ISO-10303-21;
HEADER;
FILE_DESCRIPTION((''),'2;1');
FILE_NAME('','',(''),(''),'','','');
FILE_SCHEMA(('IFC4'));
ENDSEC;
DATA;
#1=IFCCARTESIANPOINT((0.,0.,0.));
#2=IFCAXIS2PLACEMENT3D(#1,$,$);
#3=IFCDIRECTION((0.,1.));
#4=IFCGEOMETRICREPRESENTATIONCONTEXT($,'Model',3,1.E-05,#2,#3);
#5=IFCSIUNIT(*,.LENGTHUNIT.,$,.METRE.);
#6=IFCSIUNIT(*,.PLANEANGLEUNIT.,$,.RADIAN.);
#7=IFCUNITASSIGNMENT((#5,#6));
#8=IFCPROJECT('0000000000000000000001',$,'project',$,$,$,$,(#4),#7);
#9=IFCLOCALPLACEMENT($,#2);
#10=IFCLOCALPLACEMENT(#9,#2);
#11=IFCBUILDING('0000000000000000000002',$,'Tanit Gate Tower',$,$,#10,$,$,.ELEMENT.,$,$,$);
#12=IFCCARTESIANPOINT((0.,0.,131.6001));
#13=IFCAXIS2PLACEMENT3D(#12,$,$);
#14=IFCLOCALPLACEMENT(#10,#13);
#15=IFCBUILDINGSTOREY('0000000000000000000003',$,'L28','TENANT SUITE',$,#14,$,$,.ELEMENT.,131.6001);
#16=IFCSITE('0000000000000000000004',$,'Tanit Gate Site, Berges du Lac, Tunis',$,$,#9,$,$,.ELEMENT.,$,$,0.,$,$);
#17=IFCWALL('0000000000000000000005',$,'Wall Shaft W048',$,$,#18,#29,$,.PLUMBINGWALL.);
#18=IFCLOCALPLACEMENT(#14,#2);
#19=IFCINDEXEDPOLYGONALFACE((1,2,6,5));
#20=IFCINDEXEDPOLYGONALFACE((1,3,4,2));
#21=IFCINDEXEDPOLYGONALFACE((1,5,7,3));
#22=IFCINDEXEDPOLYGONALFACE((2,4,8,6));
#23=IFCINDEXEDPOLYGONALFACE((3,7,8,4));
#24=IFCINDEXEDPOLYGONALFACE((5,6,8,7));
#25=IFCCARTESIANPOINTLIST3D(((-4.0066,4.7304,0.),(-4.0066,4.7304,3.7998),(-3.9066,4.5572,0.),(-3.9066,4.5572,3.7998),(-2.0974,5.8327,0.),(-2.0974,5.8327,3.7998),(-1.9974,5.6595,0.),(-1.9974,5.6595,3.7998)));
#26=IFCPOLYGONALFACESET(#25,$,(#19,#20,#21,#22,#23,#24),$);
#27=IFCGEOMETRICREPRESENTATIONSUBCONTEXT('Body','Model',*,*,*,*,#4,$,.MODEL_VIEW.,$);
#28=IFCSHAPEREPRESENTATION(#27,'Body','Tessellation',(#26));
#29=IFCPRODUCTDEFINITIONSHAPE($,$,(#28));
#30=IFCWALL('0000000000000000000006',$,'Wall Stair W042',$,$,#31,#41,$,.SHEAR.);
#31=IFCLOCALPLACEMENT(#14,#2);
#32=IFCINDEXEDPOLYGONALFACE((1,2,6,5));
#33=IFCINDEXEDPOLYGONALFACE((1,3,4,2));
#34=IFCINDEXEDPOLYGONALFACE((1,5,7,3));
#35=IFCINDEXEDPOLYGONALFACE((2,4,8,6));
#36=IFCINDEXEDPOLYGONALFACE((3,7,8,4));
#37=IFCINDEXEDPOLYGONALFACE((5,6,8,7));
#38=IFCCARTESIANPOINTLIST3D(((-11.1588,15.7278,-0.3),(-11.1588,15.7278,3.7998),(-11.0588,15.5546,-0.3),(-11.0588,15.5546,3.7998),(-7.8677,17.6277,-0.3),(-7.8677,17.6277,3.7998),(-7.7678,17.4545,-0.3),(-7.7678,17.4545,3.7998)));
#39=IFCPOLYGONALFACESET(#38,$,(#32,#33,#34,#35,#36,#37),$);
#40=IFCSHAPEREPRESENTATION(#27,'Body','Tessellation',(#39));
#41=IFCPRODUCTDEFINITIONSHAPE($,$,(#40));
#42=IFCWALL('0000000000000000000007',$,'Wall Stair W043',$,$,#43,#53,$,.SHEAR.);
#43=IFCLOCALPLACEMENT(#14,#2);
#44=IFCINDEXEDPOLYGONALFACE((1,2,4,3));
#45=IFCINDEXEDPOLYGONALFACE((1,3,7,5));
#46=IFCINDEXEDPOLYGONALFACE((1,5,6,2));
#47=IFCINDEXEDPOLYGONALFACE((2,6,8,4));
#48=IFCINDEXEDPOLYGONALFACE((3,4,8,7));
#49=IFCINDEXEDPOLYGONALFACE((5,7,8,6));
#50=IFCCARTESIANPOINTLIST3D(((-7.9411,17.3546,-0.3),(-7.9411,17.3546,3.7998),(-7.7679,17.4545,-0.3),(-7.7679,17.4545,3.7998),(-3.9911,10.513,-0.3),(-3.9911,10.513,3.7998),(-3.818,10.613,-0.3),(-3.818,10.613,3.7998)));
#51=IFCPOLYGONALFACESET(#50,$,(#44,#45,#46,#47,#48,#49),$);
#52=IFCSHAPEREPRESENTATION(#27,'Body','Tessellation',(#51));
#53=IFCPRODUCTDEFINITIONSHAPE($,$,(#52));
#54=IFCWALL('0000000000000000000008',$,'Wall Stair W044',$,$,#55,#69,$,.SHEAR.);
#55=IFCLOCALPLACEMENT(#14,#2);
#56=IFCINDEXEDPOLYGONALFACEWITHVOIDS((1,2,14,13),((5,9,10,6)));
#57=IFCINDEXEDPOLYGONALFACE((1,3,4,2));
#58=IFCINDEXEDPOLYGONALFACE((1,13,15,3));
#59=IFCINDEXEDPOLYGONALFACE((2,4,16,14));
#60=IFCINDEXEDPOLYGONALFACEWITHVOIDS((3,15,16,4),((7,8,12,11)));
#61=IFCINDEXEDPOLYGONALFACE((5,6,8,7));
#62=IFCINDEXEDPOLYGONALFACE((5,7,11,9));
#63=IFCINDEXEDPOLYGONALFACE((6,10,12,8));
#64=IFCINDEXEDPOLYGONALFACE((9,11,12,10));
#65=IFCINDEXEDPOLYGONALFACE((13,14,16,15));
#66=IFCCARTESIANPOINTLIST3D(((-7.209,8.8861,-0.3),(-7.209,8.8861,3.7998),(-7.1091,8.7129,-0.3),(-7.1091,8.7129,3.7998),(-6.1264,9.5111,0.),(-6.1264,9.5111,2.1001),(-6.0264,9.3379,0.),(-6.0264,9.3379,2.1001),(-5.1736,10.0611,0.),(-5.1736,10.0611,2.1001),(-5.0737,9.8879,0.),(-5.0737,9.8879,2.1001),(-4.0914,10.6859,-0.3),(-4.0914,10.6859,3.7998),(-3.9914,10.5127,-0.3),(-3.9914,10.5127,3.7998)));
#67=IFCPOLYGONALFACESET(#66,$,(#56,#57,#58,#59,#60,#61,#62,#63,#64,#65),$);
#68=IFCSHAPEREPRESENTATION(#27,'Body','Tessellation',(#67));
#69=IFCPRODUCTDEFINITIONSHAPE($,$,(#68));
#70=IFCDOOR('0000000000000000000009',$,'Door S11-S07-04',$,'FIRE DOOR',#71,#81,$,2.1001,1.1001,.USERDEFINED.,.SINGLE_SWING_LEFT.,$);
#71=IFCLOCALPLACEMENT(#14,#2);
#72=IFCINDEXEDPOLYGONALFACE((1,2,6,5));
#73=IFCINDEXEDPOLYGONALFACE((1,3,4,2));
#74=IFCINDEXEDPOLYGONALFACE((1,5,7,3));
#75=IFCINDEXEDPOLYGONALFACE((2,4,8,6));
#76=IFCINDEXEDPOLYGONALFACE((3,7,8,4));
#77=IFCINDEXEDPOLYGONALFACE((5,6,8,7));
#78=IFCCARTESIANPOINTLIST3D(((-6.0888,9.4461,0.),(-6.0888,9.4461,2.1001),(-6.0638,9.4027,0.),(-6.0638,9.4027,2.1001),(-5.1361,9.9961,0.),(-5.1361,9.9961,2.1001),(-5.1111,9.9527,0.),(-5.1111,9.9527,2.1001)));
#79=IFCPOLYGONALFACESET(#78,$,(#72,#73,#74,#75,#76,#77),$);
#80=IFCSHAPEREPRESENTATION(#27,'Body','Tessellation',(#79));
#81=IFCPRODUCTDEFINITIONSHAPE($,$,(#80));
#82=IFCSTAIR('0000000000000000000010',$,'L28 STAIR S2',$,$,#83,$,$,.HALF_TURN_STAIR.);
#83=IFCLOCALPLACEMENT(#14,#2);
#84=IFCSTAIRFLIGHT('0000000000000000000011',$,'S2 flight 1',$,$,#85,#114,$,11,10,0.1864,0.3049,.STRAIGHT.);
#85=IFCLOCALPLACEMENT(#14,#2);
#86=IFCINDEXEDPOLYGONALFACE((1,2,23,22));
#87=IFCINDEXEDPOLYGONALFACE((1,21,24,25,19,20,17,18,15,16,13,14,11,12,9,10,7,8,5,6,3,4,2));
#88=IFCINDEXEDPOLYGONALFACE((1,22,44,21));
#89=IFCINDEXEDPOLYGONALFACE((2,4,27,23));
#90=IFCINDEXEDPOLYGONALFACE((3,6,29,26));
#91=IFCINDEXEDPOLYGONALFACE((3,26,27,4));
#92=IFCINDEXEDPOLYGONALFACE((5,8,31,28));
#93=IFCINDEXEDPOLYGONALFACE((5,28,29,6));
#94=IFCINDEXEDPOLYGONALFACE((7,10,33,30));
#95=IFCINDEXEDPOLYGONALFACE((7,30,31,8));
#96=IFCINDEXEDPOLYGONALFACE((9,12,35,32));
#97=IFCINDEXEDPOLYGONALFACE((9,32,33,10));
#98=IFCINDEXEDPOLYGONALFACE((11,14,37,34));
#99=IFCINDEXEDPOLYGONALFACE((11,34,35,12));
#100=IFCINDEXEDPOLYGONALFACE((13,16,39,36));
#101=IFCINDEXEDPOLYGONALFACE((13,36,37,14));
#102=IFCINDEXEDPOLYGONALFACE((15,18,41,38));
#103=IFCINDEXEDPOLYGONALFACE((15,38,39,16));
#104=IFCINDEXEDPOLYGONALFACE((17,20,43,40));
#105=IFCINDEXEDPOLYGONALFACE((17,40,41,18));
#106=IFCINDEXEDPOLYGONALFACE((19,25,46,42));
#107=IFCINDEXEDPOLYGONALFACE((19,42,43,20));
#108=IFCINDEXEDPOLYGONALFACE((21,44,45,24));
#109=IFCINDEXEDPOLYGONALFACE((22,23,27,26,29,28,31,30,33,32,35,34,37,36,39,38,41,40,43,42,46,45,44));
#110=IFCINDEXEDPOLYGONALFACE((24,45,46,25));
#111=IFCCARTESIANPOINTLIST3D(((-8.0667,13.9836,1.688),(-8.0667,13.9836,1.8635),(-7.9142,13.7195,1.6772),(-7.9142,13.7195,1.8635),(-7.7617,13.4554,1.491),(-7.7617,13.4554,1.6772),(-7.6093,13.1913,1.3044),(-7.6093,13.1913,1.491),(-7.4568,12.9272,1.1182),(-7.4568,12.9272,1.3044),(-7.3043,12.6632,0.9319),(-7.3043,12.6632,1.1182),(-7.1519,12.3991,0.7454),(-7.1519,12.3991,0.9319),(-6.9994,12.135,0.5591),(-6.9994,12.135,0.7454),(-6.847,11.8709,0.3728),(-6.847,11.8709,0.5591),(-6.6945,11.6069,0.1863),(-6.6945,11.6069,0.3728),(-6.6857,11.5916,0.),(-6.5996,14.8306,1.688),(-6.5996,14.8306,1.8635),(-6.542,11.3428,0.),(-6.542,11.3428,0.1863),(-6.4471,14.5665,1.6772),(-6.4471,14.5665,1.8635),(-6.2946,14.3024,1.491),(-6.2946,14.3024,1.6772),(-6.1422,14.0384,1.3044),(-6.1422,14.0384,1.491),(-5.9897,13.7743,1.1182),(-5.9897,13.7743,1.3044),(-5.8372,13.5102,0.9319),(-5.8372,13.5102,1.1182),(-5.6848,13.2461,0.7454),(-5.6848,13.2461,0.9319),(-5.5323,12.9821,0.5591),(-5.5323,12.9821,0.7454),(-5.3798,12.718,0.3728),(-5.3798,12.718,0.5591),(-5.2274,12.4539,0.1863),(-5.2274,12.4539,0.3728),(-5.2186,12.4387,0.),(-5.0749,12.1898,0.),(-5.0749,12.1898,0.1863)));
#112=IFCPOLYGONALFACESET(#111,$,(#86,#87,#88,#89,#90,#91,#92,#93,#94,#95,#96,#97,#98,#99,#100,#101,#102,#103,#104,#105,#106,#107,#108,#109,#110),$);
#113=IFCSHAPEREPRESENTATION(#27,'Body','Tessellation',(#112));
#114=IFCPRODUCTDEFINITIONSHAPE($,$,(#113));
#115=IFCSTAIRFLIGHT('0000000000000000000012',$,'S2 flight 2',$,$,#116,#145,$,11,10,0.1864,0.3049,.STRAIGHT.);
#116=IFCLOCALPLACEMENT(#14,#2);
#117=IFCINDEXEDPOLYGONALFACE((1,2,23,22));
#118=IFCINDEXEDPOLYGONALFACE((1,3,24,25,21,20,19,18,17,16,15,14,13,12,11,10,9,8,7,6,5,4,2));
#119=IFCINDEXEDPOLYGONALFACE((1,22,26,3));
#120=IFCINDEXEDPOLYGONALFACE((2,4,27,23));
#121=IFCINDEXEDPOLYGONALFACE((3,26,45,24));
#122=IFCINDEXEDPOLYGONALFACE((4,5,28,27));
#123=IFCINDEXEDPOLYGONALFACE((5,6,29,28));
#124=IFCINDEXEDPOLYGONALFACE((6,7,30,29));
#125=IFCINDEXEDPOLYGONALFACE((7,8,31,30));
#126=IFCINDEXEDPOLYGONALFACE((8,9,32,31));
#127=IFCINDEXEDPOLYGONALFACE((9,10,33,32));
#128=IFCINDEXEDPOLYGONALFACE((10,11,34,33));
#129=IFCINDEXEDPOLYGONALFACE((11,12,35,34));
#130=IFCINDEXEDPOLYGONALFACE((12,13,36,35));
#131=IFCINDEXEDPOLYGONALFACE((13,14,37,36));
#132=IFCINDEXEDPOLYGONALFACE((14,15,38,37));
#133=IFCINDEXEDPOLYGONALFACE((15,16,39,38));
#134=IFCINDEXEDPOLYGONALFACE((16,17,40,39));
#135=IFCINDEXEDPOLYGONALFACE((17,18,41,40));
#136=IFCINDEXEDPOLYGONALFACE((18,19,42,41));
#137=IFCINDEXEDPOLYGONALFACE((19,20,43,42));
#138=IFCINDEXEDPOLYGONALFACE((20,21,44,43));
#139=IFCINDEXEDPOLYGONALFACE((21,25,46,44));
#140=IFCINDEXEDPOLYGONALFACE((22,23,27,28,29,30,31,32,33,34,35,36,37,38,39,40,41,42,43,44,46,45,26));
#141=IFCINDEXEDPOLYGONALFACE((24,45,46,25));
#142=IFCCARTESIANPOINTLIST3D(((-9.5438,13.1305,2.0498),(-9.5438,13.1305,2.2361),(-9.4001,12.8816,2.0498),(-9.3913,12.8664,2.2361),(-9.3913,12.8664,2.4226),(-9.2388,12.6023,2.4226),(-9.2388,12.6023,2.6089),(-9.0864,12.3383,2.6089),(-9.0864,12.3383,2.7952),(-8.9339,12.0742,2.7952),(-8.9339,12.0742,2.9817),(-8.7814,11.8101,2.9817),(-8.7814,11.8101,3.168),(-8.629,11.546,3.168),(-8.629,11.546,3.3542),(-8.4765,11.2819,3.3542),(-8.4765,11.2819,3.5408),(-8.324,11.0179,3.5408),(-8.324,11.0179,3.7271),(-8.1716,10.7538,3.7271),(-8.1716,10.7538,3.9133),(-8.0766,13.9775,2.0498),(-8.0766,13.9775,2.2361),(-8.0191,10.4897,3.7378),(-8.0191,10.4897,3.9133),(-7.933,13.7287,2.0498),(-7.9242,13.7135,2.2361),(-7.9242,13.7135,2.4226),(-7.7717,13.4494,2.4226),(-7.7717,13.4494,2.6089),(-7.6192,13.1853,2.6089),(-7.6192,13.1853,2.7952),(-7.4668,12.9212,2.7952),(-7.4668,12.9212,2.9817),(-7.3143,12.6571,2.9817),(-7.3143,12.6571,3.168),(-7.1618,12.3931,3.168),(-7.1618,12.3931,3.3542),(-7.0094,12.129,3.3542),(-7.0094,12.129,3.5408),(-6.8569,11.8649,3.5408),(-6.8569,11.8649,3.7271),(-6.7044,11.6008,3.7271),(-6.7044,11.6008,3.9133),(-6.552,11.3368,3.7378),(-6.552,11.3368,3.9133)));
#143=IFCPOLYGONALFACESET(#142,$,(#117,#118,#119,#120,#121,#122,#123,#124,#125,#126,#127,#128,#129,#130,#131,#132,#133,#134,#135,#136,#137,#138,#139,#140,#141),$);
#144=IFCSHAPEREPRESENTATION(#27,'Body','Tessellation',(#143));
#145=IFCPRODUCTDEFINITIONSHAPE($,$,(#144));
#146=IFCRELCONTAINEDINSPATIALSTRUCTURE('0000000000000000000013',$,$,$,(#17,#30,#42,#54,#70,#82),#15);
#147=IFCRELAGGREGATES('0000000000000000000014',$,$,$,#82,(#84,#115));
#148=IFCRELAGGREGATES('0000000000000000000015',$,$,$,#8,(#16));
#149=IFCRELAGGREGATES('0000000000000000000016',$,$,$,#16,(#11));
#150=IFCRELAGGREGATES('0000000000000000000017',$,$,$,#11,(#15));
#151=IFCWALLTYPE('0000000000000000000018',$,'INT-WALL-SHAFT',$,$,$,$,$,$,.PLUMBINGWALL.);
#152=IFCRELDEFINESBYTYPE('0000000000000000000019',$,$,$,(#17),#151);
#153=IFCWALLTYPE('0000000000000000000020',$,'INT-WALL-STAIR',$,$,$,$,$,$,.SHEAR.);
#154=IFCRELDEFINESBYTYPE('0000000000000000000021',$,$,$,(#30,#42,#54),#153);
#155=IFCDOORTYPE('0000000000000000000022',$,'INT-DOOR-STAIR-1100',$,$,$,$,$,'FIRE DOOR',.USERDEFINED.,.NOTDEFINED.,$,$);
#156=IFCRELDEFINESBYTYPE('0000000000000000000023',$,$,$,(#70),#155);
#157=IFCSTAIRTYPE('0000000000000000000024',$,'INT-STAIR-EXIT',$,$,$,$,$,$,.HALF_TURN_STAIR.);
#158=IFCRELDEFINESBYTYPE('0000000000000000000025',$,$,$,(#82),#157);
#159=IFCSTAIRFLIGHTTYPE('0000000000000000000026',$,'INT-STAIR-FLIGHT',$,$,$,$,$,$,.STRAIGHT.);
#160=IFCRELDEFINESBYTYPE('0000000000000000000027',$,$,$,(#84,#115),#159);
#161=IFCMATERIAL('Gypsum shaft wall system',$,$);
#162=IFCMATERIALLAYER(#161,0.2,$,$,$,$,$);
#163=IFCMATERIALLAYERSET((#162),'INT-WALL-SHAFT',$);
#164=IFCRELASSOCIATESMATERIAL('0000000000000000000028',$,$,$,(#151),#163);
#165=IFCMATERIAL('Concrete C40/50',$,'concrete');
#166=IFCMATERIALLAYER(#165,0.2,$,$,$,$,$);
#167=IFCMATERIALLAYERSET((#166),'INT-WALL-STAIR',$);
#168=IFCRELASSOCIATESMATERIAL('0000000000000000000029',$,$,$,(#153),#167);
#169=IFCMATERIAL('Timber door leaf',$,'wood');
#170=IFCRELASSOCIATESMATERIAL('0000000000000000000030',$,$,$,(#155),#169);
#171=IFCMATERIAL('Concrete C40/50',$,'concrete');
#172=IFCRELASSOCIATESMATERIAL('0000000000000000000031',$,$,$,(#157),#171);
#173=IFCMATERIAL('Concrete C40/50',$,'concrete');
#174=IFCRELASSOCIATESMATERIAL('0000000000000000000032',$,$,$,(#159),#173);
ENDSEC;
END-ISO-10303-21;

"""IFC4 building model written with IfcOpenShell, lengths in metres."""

from ifc_helpers import new_model, si_unit, direction, frame, frame_2d, origin, place, context, subcontext, project, spatial, polyline, rectangle, outline, extrude, material, layer, layer_set, type_object, element, fill, aggregate, save


model = new_model("IFC4")

# Units and contexts
model_context = context("Model", 3, precision=1e-05, world=origin(), true_north=direction((0.0, 1.0)))
body_context = subcontext(model_context, "Body", "Model", "MODEL_VIEW")
ifc_project = project(units=[si_unit("LENGTHUNIT", "METRE"), si_unit("PLANEANGLEUNIT", "RADIAN")], contexts=[model_context])

# Site, building, storey
site_placement = place(None, origin())
site = spatial("IfcSite", under=ifc_project, at=site_placement, Name="Tanit Gate Site, Berges du Lac, Tunis", CompositionType="ELEMENT", RefElevation=0.0)
building_placement = place(site_placement, origin())
building = spatial("IfcBuilding", under=site, at=building_placement, Name="Tanit Gate Tower", CompositionType="ELEMENT")
storey_placement = place(building_placement, frame((0.0, 0.0, 131.6001)))
storey = spatial("IfcBuildingStorey", under=building, at=storey_placement, Name="L28", Description="TENANT SUITE", CompositionType="ELEMENT", Elevation=131.6001)

# Shared definitions
ifc_material_1 = material(Name="Gypsum shaft wall system")
ifc_layer_1 = layer(ifc_material_1, 0.2)
ifc_layer_set_1 = layer_set([ifc_layer_1], Name="INT-WALL-SHAFT")
wall_type_1 = type_object("IfcWallType", Name="INT-WALL-SHAFT", PredefinedType="PLUMBINGWALL", material=ifc_layer_set_1)

# Walls
wall_1_placement = place(storey_placement, frame((-2.0474, 5.7461, 0.0), z_axis=(0.0, 0.0, 1.0), x_axis=(-0.86602, -0.50001, 0.0)))
element("IfcWall", 1, at=wall_1_placement, inside=storey, type_object=wall_type_1, Name="Wall Shaft W048", PredefinedType="PLUMBINGWALL", context=body_context, shape_type="SweptSolid", body=[
    extrude(rectangle(XDim=2.2046, YDim=0.2, at=frame_2d((1.1023, 0.0))), origin(), (0.0, 0.0, 1.0), 3.7998),
])
ifc_material_2 = material(Name="Concrete C40/50", Category="concrete")
ifc_layer_2 = layer(ifc_material_2, 0.2)
ifc_layer_set_2 = layer_set([ifc_layer_2], Name="INT-WALL-STAIR")
wall_type_2 = type_object("IfcWallType", Name="INT-WALL-STAIR", PredefinedType="SHEAR", material=ifc_layer_set_2)
wall_2_placement = place(storey_placement, frame((-7.8179, 17.541, -0.3), z_axis=(0.0, 0.0, 1.0), x_axis=(-0.866044, -0.499967, 0.0)))
element("IfcWall", 2, at=wall_2_placement, inside=storey, type_object=wall_type_2, Name="Wall Stair W042", PredefinedType="SHEAR", context=body_context, shape_type="SweptSolid", body=[
    extrude(rectangle(XDim=3.8, YDim=0.2, at=frame_2d((1.8999, 0.0))), origin(), (0.0, 0.0, 1.0), 4.0999),
])
wall_3_placement = place(storey_placement, frame((-7.8545, 17.4045, -0.3), z_axis=(0.0, 0.0, 1.0), x_axis=(0.499998, -0.866027, 0.0)))
element("IfcWall", 3, at=wall_3_placement, inside=storey, type_object=wall_type_2, Name="Wall Stair W043", PredefinedType="SHEAR", context=body_context, shape_type="SweptSolid", body=[
    extrude(rectangle(XDim=7.8999, YDim=0.2, at=frame_2d((3.95, 0.0))), origin(), (0.0, 0.0, 1.0), 4.0999),
])

# Wall, opening, door
wall_4_placement = place(storey_placement, frame((-7.1589, 8.7996, -0.3), z_axis=(0.0, 0.0, 1.0), x_axis=(0.866048, 0.499961, 0.0)))
wall_4 = element("IfcWall", 4, at=wall_4_placement, inside=storey, type_object=wall_type_2, Name="Wall Stair W044", PredefinedType="SHEAR", context=body_context, shape_type="SweptSolid", body=[
    extrude(rectangle(XDim=3.5999, YDim=0.2, at=frame_2d((1.7998, 0.0))), origin(), (0.0, 0.0, 1.0), 4.0999),
])
opening_1_placement = place(wall_4_placement, frame((1.25, 0.0, 0.3)))
opening_1 = element("IfcOpeningElement", 5, at=opening_1_placement, cuts=wall_4, PredefinedType="OPENING", context=body_context, shape_type="SweptSolid", body=[
    extrude(rectangle(XDim=1.1001, YDim=2.1001, at=frame_2d((0.55, 1.05))), frame((0.0, 0.1099, 0.0), z_axis=(0.0, -1.0, 0.0), x_axis=(1.0, 0.0, 0.0)), (0.0, 0.0, 1.0), 0.22),
])
ifc_material_3 = material(Name="Timber door leaf", Category="wood")
door_type_1 = type_object("IfcDoorType", Name="INT-DOOR-STAIR-1100", ElementType="FIRE DOOR", OperationType="NOTDEFINED", PredefinedType="USERDEFINED", material=ifc_material_3)
door_1_placement = place(opening_1_placement, origin())
door_1 = element("IfcDoor", 6, at=door_1_placement, inside=storey, type_object=door_type_1, Name="Door S11-S07-04", ObjectType="FIRE DOOR", OperationType="SINGLE_SWING_LEFT", OverallHeight=2.1001, OverallWidth=1.1001, PredefinedType="USERDEFINED", context=body_context, shape_type="SweptSolid", body=[
    extrude(rectangle(XDim=1.1001, YDim=2.1001, at=frame_2d((0.55, 1.05))), frame((0.0, 0.0249, 0.0), z_axis=(0.0, -1.0, 0.0), x_axis=(1.0, 0.0, 0.0)), (0.0, 0.0, 1.0), 0.05),
])
fill(opening_1, door_1)

# Stair, stair flights
ifc_material_4 = material(Name="Concrete C40/50", Category="concrete")
stair_type = type_object("IfcStairType", Name="INT-STAIR-EXIT", PredefinedType="HALF_TURN_STAIR", material=ifc_material_4)
stair_placement = place(storey_placement, origin())
stair = element("IfcStair", 7, at=stair_placement, inside=storey, type_object=stair_type, Name="L28 STAIR S2", PredefinedType="HALF_TURN_STAIR")
ifc_material_5 = material(Name="Concrete C40/50", Category="concrete")
stair_flight_type = type_object("IfcStairFlightType", Name="INT-STAIR-FLIGHT", PredefinedType="STRAIGHT", material=ifc_material_5)
stair_flight_1_placement = place(storey_placement, frame((-5.8083, 11.7664, 0.0), z_axis=(0.0, 0.0, 1.0), x_axis=(-0.5, 0.866025, 0.0)))
stair_flight_1 = element("IfcStairFlight", 8, at=stair_flight_1_placement, type_object=stair_flight_type, Name="S2 flight 1", NumberOfRisers=11, NumberOfTreads=10, PredefinedType="STRAIGHT", RiserHeight=0.1864, TreadLength=0.3049, context=body_context, shape_type="SweptSolid", body=[
    extrude(outline(polyline([(0.0, 0.0), (0.0, 0.1863), (0.3049, 0.1863), (0.3049, 0.3728), (0.6099, 0.3728), (0.6099, 0.5591), (0.9148, 0.5591), (0.9148, 0.7454), (1.2197, 0.7454), (1.2197, 0.9319), (1.5247, 0.9319), (1.5247, 1.1182), (1.8296, 1.1182), (1.8296, 1.3044), (2.1345, 1.3044), (2.1345, 1.491), (2.4395, 1.491), (2.4395, 1.6772), (2.7444, 1.6772), (2.7444, 1.8635), (3.0493, 1.8635), (3.0493, 2.05), (3.0493, 1.688), (0.2874, 0.0), (0.0, 0.0)])), frame((0.0, 0.8472, 0.0), z_axis=(0.0, -1.0, 0.0), x_axis=(1.0, 0.0, 0.0)), (0.0, 0.0, 1.0), 1.6941),
])
stair_flight_2_placement = place(storey_placement, frame((-8.8103, 13.554, 2.0498), z_axis=(0.0, 0.0, 1.0), x_axis=(0.5, -0.866025, 0.0)))
stair_flight_2 = element("IfcStairFlight", 9, at=stair_flight_2_placement, type_object=stair_flight_type, Name="S2 flight 2", NumberOfRisers=11, NumberOfTreads=10, PredefinedType="STRAIGHT", RiserHeight=0.1864, TreadLength=0.3049, context=body_context, shape_type="SweptSolid", body=[
    extrude(outline(polyline([(0.0, 0.0), (0.0, 0.1863), (0.3049, 0.1863), (0.3049, 0.3728), (0.6099, 0.3728), (0.6099, 0.5591), (0.9148, 0.5591), (0.9148, 0.7454), (1.2197, 0.7454), (1.2197, 0.9319), (1.5247, 0.9319), (1.5247, 1.1182), (1.8296, 1.1182), (1.8296, 1.3044), (2.1345, 1.3044), (2.1345, 1.491), (2.4395, 1.491), (2.4395, 1.6772), (2.7444, 1.6772), (2.7444, 1.8635), (3.0493, 1.8635), (3.0493, 2.05), (3.0493, 1.688), (0.2874, 0.0), (0.0, 0.0)])), frame((0.0, 0.8472, 0.0), z_axis=(0.0, -1.0, 0.0), x_axis=(1.0, 0.0, 0.0)), (0.0, 0.0, 1.0), 1.6941),
])
aggregate(stair, [stair_flight_1, stair_flight_2])

save(model, "model.ifc")
